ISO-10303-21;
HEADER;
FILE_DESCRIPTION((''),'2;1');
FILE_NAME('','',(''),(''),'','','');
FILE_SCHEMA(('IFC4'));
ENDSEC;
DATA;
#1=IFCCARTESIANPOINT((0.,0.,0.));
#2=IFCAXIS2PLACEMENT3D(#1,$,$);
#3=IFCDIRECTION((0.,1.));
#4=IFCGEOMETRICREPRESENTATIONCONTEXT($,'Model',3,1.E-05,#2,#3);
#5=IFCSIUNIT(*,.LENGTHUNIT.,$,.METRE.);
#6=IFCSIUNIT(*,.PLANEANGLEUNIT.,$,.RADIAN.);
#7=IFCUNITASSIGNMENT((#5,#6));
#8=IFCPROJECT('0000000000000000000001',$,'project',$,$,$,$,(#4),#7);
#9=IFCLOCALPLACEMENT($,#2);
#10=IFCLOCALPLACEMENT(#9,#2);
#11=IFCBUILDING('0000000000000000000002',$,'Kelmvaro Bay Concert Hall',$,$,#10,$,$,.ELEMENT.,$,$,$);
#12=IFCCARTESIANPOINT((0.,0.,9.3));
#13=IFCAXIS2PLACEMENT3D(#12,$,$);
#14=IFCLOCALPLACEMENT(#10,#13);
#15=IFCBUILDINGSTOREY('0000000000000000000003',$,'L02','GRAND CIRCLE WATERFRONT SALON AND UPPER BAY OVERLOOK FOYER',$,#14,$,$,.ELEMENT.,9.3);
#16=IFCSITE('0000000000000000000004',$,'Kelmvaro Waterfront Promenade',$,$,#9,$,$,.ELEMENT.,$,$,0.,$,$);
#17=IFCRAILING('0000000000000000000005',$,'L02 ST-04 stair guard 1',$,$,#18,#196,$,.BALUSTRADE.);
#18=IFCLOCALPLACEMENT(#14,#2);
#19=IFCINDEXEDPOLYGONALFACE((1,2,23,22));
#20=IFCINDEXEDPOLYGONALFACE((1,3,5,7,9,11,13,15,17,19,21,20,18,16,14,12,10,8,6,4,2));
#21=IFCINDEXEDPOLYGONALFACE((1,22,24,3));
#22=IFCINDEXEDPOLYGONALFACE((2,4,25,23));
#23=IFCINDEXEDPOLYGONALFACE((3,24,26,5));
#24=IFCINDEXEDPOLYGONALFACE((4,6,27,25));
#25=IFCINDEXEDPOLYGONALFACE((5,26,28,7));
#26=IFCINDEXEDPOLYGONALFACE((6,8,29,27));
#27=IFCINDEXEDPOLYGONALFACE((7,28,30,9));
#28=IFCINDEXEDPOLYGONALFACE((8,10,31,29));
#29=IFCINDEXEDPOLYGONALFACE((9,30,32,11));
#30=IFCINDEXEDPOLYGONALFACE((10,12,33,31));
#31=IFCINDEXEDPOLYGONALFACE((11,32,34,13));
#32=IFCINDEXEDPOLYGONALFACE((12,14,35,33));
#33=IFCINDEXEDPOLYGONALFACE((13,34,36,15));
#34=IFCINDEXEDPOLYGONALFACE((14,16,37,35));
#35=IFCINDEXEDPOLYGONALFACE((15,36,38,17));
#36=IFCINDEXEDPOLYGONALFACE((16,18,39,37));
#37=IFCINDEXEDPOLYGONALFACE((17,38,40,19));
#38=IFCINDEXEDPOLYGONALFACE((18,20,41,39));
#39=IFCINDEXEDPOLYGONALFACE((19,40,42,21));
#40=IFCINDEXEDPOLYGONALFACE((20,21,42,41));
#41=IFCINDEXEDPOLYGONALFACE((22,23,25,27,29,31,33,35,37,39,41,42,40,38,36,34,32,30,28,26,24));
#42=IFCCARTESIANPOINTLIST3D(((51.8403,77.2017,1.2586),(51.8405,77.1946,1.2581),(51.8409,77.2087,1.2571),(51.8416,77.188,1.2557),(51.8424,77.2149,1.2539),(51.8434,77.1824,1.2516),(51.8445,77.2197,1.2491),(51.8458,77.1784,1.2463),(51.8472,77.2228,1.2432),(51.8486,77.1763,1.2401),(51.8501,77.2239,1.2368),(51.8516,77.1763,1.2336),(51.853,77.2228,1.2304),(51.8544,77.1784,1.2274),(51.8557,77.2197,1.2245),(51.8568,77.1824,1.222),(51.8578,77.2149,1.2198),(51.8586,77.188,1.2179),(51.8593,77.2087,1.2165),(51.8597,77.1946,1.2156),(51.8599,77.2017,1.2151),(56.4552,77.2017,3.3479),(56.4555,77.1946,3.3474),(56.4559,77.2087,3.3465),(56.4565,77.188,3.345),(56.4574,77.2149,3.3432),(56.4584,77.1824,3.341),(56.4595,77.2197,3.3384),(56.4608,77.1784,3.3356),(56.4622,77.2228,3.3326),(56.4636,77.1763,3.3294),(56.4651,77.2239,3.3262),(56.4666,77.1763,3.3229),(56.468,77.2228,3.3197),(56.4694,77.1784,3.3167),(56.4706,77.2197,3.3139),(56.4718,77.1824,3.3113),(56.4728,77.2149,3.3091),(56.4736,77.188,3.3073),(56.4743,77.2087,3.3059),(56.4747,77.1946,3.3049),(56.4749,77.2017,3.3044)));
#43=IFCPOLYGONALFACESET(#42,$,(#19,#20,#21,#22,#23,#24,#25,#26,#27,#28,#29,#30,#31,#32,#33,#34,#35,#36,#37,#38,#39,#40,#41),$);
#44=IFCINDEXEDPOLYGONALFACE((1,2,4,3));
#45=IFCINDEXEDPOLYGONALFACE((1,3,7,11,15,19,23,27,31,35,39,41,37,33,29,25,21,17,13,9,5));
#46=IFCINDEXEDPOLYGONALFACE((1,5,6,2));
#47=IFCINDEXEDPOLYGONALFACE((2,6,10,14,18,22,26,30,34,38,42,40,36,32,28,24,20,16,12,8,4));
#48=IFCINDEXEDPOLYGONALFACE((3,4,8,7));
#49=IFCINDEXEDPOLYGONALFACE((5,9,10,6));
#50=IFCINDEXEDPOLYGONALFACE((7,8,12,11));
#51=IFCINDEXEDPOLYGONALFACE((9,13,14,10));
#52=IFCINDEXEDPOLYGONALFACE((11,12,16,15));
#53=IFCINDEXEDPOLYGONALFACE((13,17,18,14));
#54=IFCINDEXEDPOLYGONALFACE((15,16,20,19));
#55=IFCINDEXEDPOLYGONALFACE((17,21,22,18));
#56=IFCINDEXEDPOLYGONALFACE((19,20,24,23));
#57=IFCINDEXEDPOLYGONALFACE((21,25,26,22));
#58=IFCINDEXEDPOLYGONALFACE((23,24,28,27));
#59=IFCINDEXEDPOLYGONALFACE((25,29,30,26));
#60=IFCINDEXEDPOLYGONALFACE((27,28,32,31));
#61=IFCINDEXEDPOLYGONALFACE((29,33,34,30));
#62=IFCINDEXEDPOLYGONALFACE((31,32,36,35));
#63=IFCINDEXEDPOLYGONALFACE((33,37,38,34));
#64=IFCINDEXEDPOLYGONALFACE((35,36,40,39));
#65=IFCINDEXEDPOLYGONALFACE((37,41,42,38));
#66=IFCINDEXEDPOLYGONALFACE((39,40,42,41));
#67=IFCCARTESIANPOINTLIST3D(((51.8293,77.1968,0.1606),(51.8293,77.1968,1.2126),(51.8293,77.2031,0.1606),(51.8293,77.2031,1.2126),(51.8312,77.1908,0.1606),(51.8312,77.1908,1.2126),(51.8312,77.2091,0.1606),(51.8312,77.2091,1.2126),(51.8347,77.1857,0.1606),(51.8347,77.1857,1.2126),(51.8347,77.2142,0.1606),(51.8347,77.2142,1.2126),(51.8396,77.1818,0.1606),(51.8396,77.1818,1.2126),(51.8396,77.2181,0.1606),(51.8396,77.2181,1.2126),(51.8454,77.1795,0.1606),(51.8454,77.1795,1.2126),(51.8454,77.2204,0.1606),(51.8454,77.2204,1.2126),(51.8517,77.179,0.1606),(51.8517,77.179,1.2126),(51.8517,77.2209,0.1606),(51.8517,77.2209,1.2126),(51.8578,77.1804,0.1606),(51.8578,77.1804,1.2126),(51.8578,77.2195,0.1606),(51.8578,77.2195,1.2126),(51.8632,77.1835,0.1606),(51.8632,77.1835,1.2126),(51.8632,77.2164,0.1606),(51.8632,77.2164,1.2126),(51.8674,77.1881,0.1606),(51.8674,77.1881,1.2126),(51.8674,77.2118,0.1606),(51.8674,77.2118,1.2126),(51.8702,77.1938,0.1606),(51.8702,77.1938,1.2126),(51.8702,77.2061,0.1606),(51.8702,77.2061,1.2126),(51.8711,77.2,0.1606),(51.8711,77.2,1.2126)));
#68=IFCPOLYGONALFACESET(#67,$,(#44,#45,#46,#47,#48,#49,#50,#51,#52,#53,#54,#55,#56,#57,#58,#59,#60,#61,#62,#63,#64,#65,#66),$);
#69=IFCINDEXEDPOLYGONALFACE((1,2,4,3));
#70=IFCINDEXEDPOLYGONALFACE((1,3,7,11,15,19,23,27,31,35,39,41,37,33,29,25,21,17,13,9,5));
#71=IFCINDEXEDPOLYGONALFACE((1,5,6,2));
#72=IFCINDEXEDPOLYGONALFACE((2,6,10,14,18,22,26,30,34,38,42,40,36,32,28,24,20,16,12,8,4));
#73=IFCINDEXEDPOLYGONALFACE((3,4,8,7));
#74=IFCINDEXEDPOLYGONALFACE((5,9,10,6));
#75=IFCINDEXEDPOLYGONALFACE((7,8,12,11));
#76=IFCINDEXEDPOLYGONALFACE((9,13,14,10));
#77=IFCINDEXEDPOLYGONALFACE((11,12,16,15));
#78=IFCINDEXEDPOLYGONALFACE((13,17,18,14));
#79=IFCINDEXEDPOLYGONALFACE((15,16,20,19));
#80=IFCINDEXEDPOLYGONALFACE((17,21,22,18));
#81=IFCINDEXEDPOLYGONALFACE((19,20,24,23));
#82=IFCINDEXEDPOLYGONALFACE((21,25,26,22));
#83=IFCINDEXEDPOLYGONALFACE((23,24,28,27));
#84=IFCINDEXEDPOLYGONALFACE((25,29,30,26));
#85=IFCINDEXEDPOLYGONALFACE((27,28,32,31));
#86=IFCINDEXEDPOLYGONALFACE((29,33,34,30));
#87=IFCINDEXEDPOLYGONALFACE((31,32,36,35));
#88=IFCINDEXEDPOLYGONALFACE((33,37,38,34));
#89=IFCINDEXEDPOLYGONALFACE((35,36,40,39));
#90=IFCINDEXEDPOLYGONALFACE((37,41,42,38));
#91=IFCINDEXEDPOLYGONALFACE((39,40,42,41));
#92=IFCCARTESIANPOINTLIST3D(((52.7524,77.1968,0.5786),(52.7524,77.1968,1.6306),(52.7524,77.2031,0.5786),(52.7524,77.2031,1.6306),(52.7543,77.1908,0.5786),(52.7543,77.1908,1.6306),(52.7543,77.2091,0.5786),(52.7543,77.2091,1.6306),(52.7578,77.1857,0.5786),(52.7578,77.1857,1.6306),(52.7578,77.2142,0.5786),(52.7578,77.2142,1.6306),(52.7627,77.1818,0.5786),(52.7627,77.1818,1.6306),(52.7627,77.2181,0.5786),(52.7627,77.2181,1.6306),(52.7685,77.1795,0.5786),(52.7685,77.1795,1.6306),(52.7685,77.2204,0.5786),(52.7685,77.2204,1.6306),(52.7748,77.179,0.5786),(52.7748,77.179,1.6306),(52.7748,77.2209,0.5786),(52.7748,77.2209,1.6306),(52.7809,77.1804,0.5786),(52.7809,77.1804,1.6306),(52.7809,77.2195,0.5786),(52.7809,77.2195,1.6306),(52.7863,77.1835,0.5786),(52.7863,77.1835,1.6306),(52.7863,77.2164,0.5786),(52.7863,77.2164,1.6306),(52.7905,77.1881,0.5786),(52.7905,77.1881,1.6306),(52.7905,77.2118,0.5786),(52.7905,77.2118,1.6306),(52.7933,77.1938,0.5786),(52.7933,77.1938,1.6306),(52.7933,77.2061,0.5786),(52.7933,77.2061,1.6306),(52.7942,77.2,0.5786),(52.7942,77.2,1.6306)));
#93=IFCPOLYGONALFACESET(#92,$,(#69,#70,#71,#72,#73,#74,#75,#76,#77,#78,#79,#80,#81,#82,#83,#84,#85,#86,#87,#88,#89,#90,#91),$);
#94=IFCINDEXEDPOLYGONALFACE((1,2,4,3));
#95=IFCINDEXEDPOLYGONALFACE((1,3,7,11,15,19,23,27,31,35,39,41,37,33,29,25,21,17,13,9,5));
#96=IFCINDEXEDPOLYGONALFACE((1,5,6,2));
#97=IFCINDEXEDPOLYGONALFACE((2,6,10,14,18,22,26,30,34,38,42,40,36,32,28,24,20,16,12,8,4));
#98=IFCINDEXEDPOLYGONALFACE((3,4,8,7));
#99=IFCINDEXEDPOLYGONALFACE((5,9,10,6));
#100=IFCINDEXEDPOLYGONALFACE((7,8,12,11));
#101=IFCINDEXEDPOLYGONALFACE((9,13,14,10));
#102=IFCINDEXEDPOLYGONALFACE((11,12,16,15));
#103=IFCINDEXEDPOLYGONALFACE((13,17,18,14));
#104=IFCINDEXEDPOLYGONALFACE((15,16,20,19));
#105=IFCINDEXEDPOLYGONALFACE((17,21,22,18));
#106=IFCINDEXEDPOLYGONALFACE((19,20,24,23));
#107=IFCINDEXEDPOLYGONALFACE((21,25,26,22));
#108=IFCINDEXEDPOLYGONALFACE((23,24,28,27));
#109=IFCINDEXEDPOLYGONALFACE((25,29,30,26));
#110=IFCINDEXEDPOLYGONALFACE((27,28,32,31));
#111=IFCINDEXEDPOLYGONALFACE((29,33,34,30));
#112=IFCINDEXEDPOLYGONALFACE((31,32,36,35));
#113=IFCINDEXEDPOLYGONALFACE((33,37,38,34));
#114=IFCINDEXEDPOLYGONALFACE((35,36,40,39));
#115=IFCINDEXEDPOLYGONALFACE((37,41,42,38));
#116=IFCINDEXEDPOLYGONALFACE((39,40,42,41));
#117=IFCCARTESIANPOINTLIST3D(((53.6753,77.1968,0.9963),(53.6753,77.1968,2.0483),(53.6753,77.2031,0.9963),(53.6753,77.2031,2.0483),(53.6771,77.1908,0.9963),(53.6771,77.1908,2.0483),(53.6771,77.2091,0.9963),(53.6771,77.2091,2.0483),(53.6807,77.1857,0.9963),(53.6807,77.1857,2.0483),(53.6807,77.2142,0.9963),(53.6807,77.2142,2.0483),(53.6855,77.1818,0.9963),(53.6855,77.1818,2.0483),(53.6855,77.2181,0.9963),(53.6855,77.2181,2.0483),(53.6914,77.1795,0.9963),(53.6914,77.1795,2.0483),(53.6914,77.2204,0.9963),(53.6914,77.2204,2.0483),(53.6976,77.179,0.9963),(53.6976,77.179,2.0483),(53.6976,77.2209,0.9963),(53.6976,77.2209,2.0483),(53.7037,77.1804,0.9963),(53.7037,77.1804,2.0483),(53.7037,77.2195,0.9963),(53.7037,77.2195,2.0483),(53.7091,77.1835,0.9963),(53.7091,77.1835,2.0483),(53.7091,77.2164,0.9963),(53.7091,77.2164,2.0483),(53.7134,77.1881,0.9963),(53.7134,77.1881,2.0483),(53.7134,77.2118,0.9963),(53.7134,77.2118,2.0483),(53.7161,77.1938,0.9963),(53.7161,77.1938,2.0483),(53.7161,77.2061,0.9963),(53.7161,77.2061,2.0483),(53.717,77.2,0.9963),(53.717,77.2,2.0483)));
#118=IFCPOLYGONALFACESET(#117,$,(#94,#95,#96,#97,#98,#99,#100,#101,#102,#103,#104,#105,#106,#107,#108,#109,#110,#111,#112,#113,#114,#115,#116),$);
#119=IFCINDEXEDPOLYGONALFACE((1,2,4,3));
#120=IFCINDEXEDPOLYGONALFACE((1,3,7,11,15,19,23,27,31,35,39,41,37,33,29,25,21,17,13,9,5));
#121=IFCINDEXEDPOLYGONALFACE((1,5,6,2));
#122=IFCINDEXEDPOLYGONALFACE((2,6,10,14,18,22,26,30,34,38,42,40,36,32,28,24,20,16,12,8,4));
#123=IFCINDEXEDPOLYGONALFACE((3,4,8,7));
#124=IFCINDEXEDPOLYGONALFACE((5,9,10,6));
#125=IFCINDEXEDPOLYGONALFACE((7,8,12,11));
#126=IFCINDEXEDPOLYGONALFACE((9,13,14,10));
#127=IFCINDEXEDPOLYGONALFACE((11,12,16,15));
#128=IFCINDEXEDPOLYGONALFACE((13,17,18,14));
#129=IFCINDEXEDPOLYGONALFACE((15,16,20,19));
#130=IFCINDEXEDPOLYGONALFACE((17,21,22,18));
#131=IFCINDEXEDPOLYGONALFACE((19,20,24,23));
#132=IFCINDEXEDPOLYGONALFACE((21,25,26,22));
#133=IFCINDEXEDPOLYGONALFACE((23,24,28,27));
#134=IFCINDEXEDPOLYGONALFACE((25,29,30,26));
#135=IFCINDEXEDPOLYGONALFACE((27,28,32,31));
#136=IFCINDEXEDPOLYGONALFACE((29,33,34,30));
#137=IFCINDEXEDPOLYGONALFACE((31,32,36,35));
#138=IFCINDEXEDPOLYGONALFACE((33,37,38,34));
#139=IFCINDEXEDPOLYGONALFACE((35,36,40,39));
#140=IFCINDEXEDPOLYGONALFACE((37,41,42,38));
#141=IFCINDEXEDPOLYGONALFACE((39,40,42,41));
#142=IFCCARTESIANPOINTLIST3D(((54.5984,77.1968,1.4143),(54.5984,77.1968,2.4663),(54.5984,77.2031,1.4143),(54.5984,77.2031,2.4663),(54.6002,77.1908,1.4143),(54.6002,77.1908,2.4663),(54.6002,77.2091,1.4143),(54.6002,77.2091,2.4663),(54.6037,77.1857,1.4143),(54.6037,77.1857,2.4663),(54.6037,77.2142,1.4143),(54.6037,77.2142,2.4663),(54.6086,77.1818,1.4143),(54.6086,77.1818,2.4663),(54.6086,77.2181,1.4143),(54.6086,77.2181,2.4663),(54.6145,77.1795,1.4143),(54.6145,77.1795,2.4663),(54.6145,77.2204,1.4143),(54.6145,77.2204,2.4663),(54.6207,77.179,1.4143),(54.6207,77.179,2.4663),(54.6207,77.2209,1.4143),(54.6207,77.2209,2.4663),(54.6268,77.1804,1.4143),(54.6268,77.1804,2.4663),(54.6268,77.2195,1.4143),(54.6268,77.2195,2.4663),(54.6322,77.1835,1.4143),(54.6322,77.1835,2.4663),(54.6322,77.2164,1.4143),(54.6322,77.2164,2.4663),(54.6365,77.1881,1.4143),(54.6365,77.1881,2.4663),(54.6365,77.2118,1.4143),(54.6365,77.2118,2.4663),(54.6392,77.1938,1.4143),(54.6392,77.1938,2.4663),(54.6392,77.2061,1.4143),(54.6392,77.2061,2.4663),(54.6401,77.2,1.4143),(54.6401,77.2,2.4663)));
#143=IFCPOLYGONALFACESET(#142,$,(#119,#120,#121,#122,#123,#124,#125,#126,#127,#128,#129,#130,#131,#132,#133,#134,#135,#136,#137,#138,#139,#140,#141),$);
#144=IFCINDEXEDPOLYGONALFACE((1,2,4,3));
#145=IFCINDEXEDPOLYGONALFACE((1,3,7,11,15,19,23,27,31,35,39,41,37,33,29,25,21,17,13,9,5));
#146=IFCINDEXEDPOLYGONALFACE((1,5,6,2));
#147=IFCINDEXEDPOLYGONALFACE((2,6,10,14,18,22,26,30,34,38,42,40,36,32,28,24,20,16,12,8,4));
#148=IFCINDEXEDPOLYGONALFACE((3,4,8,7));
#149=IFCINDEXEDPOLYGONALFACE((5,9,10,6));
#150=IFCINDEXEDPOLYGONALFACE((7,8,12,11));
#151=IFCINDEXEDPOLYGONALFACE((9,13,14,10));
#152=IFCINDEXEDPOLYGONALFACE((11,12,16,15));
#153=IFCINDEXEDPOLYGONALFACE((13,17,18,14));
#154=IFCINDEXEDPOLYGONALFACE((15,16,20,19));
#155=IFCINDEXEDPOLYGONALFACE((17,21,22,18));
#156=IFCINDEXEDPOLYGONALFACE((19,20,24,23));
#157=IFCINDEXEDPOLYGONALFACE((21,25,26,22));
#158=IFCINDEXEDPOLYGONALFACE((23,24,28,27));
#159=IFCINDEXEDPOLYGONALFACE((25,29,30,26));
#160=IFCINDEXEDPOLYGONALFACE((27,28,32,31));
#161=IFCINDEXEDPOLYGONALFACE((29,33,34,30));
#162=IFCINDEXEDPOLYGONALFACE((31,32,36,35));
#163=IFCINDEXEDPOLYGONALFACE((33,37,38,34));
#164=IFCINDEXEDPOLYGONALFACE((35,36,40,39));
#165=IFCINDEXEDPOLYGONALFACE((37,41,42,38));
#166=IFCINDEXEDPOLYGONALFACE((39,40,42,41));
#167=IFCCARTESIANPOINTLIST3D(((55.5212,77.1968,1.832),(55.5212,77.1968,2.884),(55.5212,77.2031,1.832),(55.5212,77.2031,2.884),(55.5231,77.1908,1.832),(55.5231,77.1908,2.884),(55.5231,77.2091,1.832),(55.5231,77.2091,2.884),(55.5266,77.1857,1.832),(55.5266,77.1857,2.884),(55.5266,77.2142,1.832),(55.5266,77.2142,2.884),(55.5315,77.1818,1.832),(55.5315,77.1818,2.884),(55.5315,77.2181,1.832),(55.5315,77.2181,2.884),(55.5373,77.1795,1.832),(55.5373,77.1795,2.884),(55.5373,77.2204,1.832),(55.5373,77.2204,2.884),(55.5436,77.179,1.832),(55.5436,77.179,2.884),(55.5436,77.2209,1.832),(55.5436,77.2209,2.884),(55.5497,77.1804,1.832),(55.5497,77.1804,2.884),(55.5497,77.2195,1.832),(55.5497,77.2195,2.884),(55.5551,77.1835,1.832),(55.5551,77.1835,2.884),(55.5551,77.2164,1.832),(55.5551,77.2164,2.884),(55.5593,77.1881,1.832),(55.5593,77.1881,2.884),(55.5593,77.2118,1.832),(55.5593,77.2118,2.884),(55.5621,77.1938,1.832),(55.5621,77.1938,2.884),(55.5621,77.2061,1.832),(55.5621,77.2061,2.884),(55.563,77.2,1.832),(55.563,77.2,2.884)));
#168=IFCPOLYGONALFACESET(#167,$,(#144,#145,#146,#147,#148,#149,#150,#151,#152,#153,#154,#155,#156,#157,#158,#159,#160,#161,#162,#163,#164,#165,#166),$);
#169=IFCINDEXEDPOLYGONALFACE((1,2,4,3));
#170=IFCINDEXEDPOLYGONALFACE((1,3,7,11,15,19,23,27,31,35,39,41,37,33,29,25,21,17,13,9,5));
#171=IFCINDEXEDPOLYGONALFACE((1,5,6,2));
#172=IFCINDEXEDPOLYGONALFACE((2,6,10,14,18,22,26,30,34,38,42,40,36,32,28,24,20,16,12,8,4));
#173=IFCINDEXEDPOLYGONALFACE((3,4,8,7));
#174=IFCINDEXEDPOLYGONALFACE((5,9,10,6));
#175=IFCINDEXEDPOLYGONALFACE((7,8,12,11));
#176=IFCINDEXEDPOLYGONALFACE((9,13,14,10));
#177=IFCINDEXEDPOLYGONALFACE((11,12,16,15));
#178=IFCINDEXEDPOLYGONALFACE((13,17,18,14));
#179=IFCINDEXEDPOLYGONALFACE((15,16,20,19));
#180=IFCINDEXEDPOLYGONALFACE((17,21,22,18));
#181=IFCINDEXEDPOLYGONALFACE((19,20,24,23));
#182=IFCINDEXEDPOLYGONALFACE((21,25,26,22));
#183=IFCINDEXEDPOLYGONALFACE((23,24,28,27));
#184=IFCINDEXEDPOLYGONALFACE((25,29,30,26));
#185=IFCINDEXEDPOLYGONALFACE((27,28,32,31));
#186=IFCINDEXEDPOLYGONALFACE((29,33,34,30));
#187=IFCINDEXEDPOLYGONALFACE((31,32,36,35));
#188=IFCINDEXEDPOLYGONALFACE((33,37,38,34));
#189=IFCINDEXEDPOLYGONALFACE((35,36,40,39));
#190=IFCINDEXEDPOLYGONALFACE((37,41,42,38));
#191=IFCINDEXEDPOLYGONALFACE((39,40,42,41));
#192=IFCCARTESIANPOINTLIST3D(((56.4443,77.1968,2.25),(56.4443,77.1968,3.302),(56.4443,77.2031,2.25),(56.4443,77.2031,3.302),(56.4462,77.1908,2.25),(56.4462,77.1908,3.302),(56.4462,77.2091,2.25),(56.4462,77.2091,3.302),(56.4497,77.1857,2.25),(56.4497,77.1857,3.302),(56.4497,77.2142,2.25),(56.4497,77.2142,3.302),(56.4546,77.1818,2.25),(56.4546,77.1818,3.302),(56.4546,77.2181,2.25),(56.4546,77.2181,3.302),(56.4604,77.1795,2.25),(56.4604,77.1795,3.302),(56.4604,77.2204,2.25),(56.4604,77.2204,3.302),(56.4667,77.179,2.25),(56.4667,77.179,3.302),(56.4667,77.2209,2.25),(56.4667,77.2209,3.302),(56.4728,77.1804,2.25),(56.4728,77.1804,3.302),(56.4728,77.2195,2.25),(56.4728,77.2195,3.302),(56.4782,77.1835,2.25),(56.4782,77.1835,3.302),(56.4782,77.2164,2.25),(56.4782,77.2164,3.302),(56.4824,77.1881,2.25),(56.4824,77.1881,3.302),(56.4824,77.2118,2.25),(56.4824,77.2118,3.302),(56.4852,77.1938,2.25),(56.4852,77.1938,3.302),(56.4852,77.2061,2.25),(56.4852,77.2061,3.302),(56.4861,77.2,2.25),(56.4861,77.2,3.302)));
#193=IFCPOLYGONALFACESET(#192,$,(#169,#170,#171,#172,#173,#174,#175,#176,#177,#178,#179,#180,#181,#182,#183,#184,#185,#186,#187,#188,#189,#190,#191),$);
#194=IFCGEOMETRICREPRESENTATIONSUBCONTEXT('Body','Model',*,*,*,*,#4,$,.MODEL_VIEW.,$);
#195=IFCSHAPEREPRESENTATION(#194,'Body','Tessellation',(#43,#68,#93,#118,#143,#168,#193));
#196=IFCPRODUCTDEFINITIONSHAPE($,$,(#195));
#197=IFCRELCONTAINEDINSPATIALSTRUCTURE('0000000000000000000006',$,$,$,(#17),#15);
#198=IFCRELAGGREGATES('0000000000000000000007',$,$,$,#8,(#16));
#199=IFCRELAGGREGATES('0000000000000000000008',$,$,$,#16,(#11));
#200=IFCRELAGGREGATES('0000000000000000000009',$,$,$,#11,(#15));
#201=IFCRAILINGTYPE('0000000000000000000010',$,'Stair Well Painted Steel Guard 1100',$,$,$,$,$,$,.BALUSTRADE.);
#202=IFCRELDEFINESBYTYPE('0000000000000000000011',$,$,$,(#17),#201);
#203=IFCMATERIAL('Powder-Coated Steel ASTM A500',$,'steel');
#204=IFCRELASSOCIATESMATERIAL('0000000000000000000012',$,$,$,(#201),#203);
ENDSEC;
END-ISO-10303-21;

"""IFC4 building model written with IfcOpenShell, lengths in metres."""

from ifc_helpers import new_model, si_unit, direction, frame, origin, origin_2d, place, context, subcontext, project, spatial, circle, extrude, material, type_object, element, save


model = new_model("IFC4")

# Units and contexts
model_context = context("Model", 3, precision=1e-05, world=origin(), true_north=direction((0.0, 1.0)))
body_context = subcontext(model_context, "Body", "Model", "MODEL_VIEW")
ifc_project = project(units=[si_unit("LENGTHUNIT", "METRE"), si_unit("PLANEANGLEUNIT", "RADIAN")], contexts=[model_context])

# Site, building, storey
site_placement = place(None, origin())
site = spatial("IfcSite", under=ifc_project, at=site_placement, Name="Kelmvaro Waterfront Promenade", CompositionType="ELEMENT", RefElevation=0.0)
building_placement = place(site_placement, origin())
building = spatial("IfcBuilding", under=site, at=building_placement, Name="Kelmvaro Bay Concert Hall", CompositionType="ELEMENT")
storey_placement = place(building_placement, frame((0.0, 0.0, 9.3)))
storey = spatial("IfcBuildingStorey", under=building, at=storey_placement, Name="L02", Description="GRAND CIRCLE WATERFRONT SALON AND UPPER BAY OVERLOOK FOYER", CompositionType="ELEMENT", Elevation=9.3)

# Railing
ifc_material_1 = material(Name="Powder-Coated Steel ASTM A500", Category="steel")
railing_type_1 = type_object("IfcRailingType", Name="Stair Well Painted Steel Guard 1100", PredefinedType="BALUSTRADE", material=ifc_material_1)
railing_1_placement = place(storey_placement, frame((51.8501, 77.2, 0.1606)))
element("IfcRailing", 1, at=railing_1_placement, inside=storey, type_object=railing_type_1, Name="L02 ST-04 stair guard 1", PredefinedType="BALUSTRADE", context=body_context, shape_type="SweptSolid", body=[
    extrude(circle(Radius=0.0239, at=origin_2d()), frame((0.0, 0.0, 1.0762), z_axis=(0.910988, 0.0, 0.412434), x_axis=(0.0, 1.0, 0.0)), (0.0, 0.0, 1.0), 5.0659),
    extrude(circle(Radius=0.021, at=origin_2d()), origin(), (0.0, 0.0, 1.0), 1.052),
    extrude(circle(Radius=0.021, at=origin_2d()), frame((0.9231, 0.0, 0.418)), (0.0, 0.0, 1.0), 1.052),
    extrude(circle(Radius=0.021, at=origin_2d()), frame((1.8459, 0.0, 0.8357)), (0.0, 0.0, 1.0), 1.052),
    extrude(circle(Radius=0.021, at=origin_2d()), frame((2.769, 0.0, 1.2537)), (0.0, 0.0, 1.0), 1.052),
    extrude(circle(Radius=0.021, at=origin_2d()), frame((3.6919, 0.0, 1.6714)), (0.0, 0.0, 1.0), 1.052),
    extrude(circle(Radius=0.021, at=origin_2d()), frame((4.615, 0.0, 2.0894)), (0.0, 0.0, 1.0), 1.052),
])

save(model, "model.ifc")
